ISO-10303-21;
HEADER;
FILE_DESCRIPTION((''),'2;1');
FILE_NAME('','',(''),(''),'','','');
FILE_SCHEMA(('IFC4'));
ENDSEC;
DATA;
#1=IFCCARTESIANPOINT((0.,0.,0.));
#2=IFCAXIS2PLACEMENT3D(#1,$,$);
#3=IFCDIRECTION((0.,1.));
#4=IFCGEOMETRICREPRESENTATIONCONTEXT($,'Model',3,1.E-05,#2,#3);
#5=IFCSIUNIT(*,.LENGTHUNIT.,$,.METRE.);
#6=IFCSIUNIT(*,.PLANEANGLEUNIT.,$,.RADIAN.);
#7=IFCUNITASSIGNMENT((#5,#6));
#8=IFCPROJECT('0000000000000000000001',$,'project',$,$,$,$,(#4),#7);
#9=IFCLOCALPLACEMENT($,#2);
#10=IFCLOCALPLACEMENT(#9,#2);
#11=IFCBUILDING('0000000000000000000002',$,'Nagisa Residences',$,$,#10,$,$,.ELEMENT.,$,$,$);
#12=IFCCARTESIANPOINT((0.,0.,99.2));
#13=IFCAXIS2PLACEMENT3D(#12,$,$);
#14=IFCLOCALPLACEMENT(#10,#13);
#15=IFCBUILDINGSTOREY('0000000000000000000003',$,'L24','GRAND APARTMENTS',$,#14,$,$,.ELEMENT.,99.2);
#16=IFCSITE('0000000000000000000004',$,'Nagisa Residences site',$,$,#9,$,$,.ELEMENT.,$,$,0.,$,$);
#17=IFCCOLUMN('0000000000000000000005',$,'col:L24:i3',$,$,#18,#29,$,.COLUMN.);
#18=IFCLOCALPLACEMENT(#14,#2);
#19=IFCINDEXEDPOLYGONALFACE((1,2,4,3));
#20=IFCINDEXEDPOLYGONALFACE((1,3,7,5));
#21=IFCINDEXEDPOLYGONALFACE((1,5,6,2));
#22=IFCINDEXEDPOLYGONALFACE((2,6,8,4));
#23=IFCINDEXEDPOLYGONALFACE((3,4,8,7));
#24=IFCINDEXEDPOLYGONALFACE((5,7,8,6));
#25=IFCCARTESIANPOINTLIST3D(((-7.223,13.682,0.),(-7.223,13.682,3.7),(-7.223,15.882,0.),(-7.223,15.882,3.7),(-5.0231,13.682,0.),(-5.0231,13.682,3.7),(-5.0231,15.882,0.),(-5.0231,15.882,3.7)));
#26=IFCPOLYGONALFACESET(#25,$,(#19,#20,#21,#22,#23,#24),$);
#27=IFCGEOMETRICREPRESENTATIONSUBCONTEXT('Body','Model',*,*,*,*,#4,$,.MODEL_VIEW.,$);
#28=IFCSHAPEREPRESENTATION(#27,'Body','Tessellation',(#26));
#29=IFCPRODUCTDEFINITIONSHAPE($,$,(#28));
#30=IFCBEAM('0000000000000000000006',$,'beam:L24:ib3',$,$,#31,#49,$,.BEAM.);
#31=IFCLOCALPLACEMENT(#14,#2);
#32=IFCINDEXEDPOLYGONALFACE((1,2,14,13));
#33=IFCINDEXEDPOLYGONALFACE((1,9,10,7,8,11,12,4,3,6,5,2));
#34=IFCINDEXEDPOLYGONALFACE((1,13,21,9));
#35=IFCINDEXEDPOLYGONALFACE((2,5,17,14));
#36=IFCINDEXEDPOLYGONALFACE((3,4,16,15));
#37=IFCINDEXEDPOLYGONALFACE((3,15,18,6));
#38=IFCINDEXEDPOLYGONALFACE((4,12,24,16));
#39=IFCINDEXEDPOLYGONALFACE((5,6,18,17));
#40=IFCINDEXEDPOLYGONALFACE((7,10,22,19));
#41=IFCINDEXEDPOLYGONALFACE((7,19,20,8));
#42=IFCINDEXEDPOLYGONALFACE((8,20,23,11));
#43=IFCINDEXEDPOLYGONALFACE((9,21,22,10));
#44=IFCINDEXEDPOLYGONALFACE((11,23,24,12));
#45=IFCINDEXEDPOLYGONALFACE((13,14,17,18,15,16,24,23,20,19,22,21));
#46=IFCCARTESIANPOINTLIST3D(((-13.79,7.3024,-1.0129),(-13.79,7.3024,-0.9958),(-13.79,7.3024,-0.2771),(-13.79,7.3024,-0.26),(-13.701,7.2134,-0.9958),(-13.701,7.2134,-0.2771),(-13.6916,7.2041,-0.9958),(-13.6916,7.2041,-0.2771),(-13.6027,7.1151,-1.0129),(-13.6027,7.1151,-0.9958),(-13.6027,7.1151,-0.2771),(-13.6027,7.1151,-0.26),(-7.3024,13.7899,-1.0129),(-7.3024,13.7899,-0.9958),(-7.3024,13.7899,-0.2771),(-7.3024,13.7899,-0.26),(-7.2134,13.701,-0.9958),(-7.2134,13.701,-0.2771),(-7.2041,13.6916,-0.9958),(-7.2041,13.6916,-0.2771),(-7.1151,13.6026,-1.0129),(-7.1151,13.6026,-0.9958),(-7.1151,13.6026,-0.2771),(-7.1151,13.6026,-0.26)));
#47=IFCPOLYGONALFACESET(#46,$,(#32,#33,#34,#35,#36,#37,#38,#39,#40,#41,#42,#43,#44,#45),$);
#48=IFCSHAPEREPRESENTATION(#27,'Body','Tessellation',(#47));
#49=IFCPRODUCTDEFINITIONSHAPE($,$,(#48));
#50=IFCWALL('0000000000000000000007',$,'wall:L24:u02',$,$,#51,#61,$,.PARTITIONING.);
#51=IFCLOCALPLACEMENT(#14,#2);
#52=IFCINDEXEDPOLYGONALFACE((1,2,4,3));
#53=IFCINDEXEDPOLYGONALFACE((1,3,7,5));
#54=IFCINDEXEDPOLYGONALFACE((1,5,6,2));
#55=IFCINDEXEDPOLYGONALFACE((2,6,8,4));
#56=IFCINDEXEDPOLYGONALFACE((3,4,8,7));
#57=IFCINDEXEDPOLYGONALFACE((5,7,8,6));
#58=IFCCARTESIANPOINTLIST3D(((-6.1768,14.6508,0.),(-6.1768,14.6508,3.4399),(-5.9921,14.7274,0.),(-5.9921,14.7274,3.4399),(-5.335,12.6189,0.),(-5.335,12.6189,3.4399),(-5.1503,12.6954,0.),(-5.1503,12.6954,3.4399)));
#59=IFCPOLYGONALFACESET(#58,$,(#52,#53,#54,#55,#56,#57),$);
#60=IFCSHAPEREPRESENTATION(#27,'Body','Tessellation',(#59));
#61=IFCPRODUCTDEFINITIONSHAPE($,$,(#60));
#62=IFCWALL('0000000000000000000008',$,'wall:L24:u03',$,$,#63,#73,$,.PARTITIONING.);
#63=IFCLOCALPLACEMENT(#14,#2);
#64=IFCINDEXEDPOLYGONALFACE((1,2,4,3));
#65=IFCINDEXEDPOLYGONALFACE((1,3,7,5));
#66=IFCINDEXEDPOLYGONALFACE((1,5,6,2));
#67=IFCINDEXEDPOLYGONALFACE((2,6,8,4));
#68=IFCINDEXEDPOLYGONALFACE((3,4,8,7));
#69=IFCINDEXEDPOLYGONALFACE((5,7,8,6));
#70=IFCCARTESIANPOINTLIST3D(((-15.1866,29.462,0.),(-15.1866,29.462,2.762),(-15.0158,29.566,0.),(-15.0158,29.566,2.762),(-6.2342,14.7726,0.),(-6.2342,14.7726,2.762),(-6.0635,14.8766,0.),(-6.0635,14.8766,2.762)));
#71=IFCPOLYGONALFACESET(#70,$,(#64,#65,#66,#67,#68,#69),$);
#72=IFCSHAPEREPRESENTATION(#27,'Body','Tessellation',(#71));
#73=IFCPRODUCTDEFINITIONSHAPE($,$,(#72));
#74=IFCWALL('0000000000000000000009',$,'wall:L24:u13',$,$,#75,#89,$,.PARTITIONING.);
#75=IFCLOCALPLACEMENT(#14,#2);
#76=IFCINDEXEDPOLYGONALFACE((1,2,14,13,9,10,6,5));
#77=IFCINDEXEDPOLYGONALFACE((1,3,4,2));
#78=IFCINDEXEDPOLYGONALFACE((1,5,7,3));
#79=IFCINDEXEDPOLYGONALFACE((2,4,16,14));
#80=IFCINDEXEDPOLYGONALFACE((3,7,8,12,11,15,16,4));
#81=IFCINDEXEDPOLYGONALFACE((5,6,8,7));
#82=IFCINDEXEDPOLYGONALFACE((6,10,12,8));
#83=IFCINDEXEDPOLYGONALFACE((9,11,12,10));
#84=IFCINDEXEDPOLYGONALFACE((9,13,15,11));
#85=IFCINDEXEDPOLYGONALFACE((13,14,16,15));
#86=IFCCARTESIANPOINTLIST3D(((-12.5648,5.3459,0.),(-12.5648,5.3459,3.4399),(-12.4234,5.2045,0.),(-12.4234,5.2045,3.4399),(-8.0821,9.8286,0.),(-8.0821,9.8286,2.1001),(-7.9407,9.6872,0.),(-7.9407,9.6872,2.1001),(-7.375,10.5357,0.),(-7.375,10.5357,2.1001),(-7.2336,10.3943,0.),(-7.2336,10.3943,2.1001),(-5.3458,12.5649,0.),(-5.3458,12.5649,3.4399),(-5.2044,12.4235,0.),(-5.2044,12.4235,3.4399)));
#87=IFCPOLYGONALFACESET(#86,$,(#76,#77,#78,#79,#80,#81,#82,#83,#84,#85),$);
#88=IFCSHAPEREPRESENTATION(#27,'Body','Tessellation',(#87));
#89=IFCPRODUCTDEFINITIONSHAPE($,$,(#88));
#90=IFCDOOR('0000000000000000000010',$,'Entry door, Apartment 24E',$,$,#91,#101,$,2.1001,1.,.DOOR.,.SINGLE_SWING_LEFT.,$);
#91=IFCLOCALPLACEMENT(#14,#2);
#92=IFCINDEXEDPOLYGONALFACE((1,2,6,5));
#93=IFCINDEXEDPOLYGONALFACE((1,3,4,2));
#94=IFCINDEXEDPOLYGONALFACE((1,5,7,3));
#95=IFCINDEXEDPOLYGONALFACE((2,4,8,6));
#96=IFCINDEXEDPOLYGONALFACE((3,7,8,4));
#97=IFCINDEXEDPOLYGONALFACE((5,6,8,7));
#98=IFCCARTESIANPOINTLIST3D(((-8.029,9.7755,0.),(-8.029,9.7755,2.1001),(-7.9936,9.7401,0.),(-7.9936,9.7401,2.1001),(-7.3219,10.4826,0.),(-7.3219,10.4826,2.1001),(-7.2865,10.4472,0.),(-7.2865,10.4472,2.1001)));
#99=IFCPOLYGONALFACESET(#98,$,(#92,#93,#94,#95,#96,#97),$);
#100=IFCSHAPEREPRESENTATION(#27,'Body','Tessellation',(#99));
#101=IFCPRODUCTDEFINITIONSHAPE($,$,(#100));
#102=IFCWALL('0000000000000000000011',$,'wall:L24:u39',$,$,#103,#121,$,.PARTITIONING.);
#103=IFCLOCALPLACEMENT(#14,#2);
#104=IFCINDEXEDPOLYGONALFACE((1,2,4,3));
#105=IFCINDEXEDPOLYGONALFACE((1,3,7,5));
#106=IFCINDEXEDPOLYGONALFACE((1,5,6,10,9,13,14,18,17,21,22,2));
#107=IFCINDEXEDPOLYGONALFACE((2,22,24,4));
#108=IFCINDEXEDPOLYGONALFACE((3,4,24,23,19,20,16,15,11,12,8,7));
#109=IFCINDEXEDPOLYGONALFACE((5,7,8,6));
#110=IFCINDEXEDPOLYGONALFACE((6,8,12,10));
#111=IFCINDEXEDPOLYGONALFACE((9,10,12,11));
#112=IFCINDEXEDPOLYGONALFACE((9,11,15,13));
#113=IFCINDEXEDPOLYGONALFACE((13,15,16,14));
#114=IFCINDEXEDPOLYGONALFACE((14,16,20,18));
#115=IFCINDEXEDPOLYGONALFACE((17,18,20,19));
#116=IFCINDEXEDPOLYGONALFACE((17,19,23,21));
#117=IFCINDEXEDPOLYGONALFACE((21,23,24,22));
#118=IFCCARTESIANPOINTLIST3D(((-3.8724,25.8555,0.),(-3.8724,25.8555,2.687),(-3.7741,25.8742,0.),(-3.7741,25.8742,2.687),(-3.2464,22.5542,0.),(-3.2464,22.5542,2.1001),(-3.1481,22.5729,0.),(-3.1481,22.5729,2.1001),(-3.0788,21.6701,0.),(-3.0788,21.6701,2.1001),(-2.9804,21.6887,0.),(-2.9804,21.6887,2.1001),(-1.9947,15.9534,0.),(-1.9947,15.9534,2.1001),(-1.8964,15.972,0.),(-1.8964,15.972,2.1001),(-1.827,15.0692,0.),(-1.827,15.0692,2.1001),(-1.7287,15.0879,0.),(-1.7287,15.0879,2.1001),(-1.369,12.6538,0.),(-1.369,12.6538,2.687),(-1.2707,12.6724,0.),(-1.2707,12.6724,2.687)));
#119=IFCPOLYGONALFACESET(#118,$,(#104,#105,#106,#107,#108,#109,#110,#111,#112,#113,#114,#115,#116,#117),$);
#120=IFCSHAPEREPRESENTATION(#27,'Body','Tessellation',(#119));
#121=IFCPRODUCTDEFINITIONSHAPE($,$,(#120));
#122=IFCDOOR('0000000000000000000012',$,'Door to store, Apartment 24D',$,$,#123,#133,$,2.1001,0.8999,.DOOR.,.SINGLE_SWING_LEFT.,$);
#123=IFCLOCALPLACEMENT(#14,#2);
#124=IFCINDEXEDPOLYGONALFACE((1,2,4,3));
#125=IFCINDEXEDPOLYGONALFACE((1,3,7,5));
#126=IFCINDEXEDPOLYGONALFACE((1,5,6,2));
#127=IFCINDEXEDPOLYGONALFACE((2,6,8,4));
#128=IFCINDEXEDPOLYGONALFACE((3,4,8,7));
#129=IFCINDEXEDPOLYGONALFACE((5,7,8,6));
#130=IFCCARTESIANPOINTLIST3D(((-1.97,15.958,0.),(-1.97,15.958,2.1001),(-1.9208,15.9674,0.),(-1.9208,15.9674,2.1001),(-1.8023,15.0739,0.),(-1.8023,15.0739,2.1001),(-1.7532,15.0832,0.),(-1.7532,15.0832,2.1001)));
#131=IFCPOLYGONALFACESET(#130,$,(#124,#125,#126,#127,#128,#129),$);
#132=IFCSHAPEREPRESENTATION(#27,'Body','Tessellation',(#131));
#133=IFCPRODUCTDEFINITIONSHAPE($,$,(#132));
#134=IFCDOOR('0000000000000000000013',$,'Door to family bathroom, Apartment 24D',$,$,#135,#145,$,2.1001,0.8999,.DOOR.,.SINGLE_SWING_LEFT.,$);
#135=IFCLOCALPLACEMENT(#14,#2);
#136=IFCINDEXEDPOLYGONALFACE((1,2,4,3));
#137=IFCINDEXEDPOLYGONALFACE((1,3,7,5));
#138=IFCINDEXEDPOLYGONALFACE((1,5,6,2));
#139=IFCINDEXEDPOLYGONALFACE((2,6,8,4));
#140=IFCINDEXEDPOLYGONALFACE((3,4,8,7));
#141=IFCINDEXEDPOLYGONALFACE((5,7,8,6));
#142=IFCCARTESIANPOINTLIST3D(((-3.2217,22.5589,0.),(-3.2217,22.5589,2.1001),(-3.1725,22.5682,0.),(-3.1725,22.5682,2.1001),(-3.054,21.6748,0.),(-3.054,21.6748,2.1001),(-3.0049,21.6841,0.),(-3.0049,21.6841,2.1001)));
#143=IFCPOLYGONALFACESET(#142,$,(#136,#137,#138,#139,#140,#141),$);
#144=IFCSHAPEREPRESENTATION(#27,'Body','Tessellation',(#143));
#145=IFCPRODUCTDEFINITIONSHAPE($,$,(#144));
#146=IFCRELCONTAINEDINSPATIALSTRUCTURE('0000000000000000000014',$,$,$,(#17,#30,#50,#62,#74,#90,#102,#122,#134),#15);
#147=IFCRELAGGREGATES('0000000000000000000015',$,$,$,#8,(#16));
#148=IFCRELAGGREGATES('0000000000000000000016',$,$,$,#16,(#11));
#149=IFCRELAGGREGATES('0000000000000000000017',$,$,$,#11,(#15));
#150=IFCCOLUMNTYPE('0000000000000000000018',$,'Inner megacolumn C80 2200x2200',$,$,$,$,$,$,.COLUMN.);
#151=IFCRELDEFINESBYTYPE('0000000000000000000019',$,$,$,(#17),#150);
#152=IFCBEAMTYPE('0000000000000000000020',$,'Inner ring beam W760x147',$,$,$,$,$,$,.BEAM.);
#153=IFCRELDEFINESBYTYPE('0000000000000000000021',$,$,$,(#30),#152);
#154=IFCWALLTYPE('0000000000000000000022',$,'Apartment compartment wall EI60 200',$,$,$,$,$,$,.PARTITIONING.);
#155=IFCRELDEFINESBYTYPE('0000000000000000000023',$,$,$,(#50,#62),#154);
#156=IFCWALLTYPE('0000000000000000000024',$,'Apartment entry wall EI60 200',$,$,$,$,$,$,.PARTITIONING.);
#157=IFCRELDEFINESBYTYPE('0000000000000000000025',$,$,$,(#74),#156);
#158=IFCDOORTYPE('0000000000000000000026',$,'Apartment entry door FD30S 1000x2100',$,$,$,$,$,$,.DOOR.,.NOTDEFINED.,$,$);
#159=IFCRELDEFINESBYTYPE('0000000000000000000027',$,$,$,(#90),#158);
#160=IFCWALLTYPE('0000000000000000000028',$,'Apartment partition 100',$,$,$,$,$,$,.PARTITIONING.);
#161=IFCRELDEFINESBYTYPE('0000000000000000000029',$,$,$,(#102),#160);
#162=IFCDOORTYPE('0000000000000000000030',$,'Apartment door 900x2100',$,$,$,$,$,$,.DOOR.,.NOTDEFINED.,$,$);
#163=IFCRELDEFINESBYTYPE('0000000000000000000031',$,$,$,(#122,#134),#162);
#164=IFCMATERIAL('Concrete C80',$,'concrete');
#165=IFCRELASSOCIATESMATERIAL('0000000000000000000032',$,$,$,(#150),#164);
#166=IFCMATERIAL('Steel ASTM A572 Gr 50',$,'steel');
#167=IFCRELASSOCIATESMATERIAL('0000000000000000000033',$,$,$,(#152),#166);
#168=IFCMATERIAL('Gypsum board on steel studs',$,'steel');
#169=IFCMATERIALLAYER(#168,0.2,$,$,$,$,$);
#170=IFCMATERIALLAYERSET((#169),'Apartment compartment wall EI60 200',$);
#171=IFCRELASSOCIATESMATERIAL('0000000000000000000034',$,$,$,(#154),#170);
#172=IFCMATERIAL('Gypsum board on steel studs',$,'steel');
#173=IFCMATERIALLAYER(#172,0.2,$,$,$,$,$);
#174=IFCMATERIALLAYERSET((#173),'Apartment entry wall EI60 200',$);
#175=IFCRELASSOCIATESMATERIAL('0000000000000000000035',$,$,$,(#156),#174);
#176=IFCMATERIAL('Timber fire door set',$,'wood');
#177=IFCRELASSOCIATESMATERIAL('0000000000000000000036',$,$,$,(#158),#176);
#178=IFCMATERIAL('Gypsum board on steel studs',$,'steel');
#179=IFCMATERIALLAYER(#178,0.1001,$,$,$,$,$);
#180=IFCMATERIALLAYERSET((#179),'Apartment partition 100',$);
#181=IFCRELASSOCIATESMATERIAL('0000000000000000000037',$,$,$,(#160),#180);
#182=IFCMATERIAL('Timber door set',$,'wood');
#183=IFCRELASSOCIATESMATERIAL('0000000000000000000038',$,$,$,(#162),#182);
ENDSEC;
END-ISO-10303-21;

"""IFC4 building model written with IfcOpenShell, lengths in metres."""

from ifc_helpers import new_model, si_unit, direction, frame, frame_2d, origin, origin_2d, place, context, subcontext, project, spatial, rectangle, i_section, extrude, material, layer, layer_set, material_profile, profile_set, type_object, element, fill, save


model = new_model("IFC4")

# Units and contexts
model_context = context("Model", 3, precision=1e-05, world=origin(), true_north=direction((0.0, 1.0)))
body_context = subcontext(model_context, "Body", "Model", "MODEL_VIEW")
ifc_project = project(units=[si_unit("LENGTHUNIT", "METRE"), si_unit("PLANEANGLEUNIT", "RADIAN")], contexts=[model_context])

# Site, building, storey
site_placement = place(None, origin())
site = spatial("IfcSite", under=ifc_project, at=site_placement, Name="Nagisa Residences site", CompositionType="ELEMENT", RefElevation=0.0)
building_placement = place(site_placement, origin())
building = spatial("IfcBuilding", under=site, at=building_placement, Name="Nagisa Residences", CompositionType="ELEMENT")
storey_placement = place(building_placement, frame((0.0, 0.0, 99.2)))
storey = spatial("IfcBuildingStorey", under=building, at=storey_placement, Name="L24", Description="GRAND APARTMENTS", CompositionType="ELEMENT", Elevation=99.2)

# Column
ifc_material_1 = material(Name="Concrete C80", Category="concrete")
ifc_material_profile_1 = material_profile(ifc_material_1, rectangle(XDim=2.2, YDim=2.2, at=origin_2d()), Name="C80 2200x2200")
ifc_profile_set_1 = profile_set([ifc_material_profile_1], Name="Concrete C80")
column_type = type_object("IfcColumnType", Name="Inner megacolumn C80 2200x2200", PredefinedType="COLUMN", material=ifc_profile_set_1)
column_placement = place(storey_placement, frame((-6.123, 14.782, 0.0), z_axis=(0.0, 0.0, 1.0), x_axis=(1.0, 0.0, 0.0)))
element("IfcColumn", 1, at=column_placement, inside=storey, type_object=column_type, Name="col:L24:i3", PredefinedType="COLUMN", context=body_context, shape_type="SweptSolid", body=[
    extrude(rectangle(XDim=2.2, YDim=2.2, at=origin_2d()), origin(), (0.0, 0.0, 1.0), 3.7),
])

# Beam
ifc_material_2 = material(Name="Steel ASTM A572 Gr 50", Category="steel")
ifc_material_profile_2 = material_profile(ifc_material_2, i_section(OverallWidth=0.2649, OverallDepth=0.7529, WebThickness=0.0132, FlangeThickness=0.0171, at=origin_2d()), Name="W760x147")
ifc_profile_set_2 = profile_set([ifc_material_profile_2], Name="Steel ASTM A572 Gr 50")
beam_type = type_object("IfcBeamType", Name="Inner ring beam W760x147", PredefinedType="BEAM", material=ifc_profile_set_2)
beam_placement = place(storey_placement, frame((-7.2087, 13.6963, -0.6365), z_axis=(-0.707107, -0.707107, 0.0), x_axis=(0.707107, -0.707107, 0.0)))
element("IfcBeam", 2, at=beam_placement, inside=storey, type_object=beam_type, Name="beam:L24:ib3", PredefinedType="BEAM", context=body_context, shape_type="SweptSolid", body=[
    extrude(i_section(OverallWidth=0.2649, OverallDepth=0.7529, WebThickness=0.0132, FlangeThickness=0.0171, at=origin_2d()), origin(), (0.0, 0.0, 1.0), 9.1748),
])

# Walls
ifc_material_3 = material(Name="Gypsum board on steel studs", Category="steel")
ifc_layer_1 = layer(ifc_material_3, 0.2)
ifc_layer_set_1 = layer_set([ifc_layer_1], Name="Apartment compartment wall EI60 200")
wall_type_1 = type_object("IfcWallType", Name="Apartment compartment wall EI60 200", PredefinedType="PARTITIONING", material=ifc_layer_set_1)
wall_1_placement = place(storey_placement, frame((-5.2427, 12.6572, 0.0), z_axis=(0.0, 0.0, 1.0), x_axis=(-0.382731, 0.92386, 0.0)))
element("IfcWall", 3, at=wall_1_placement, inside=storey, type_object=wall_type_1, Name="wall:L24:u02", PredefinedType="PARTITIONING", context=body_context, shape_type="SweptSolid", body=[
    extrude(rectangle(XDim=2.1995, YDim=0.2, at=frame_2d((1.0996, 0.0))), origin(), (0.0, 0.0, 1.0), 3.4399),
])
wall_2_placement = place(storey_placement, frame((-6.1489, 14.8247, 0.0), z_axis=(0.0, 0.0, 1.0), x_axis=(-0.520413, 0.853915, 0.0)))
element("IfcWall", 4, at=wall_2_placement, inside=storey, type_object=wall_type_1, Name="wall:L24:u03", PredefinedType="PARTITIONING", context=body_context, shape_type="SweptSolid", body=[
    extrude(rectangle(XDim=17.2024, YDim=0.2, at=frame_2d((8.6011, 0.0))), origin(), (0.0, 0.0, 1.0), 2.762),
])

# Wall, opening, door
ifc_material_4 = material(Name="Gypsum board on steel studs", Category="steel")
ifc_layer_2 = layer(ifc_material_4, 0.2)
ifc_layer_set_2 = layer_set([ifc_layer_2], Name="Apartment entry wall EI60 200")
wall_type_2 = type_object("IfcWallType", Name="Apartment entry wall EI60 200", PredefinedType="PARTITIONING", material=ifc_layer_set_2)
wall_3_placement = place(storey_placement, frame((-5.2751, 12.4941, 0.0), z_axis=(0.0, 0.0, 1.0), x_axis=(-0.707107, -0.707107, 0.0)))
wall_3 = element("IfcWall", 5, at=wall_3_placement, inside=storey, type_object=wall_type_2, Name="wall:L24:u13", PredefinedType="PARTITIONING", context=body_context, shape_type="SweptSolid", body=[
    extrude(rectangle(XDim=10.2092, YDim=0.2, at=frame_2d((5.1045, 0.0))), origin(), (0.0, 0.0, 1.0), 3.4399),
])
opening_1_placement = place(wall_3_placement, frame((2.8696, 0.0, 0.0)))
opening_1 = element("IfcOpeningElement", 6, at=opening_1_placement, cuts=wall_3, PredefinedType="OPENING", context=body_context, shape_type="SweptSolid", body=[
    extrude(rectangle(XDim=1.0, YDim=2.1001, at=frame_2d((0.5, 1.05))), frame((0.0, 0.1099, 0.0), z_axis=(0.0, -1.0, 0.0), x_axis=(1.0, 0.0, 0.0)), (0.0, 0.0, 1.0), 0.22),
])
ifc_material_5 = material(Name="Timber fire door set", Category="wood")
door_type_1 = type_object("IfcDoorType", Name="Apartment entry door FD30S 1000x2100", OperationType="NOTDEFINED", PredefinedType="DOOR", material=ifc_material_5)
door_1_placement = place(opening_1_placement, frame((1.0, 0.0, 0.0), x_axis=(-1.0, 0.0, 0.0)))
door_1 = element("IfcDoor", 7, at=door_1_placement, inside=storey, type_object=door_type_1, Name="Entry door, Apartment 24E", OperationType="SINGLE_SWING_LEFT", OverallHeight=2.1001, OverallWidth=1.0, PredefinedType="DOOR", context=body_context, shape_type="SweptSolid", body=[
    extrude(rectangle(XDim=1.0, YDim=2.1001, at=frame_2d((0.5, 1.05))), frame((0.0, 0.0249, 0.0), z_axis=(0.0, -1.0, 0.0), x_axis=(1.0, 0.0, 0.0)), (0.0, 0.0, 1.0), 0.05),
])
fill(opening_1, door_1)

# Wall, openings, doors
ifc_material_6 = material(Name="Gypsum board on steel studs", Category="steel")
ifc_layer_3 = layer(ifc_material_6, 0.1001)
ifc_layer_set_3 = layer_set([ifc_layer_3], Name="Apartment partition 100")
wall_type_3 = type_object("IfcWallType", Name="Apartment partition 100", PredefinedType="PARTITIONING", material=ifc_layer_set_3)
wall_4_placement = place(storey_placement, frame((-1.3198, 12.6631, 0.0), z_axis=(0.0, 0.0, 1.0), x_axis=(-0.186309, 0.982491, 0.0)))
wall_4 = element("IfcWall", 8, at=wall_4_placement, inside=storey, type_object=wall_type_3, Name="wall:L24:u39", PredefinedType="PARTITIONING", context=body_context, shape_type="SweptSolid", body=[
    extrude(rectangle(XDim=13.437, YDim=0.1001, at=frame_2d((6.7185, 0.0))), origin(), (0.0, 0.0, 1.0), 2.687),
])
opening_2_placement = place(wall_4_placement, frame((2.4585, 0.0, 0.0)))
opening_2 = element("IfcOpeningElement", 9, at=opening_2_placement, cuts=wall_4, PredefinedType="OPENING", context=body_context, shape_type="SweptSolid", body=[
    extrude(rectangle(XDim=0.8999, YDim=2.1001, at=frame_2d((0.45, 1.05))), frame((0.0, 0.0601, 0.0), z_axis=(0.0, -1.0, 0.0), x_axis=(1.0, 0.0, 0.0)), (0.0, 0.0, 1.0), 0.1201),
])
opening_3_placement = place(wall_4_placement, frame((9.177, 0.0, 0.0)))
opening_3 = element("IfcOpeningElement", 10, at=opening_3_placement, cuts=wall_4, PredefinedType="OPENING", context=body_context, shape_type="SweptSolid", body=[
    extrude(rectangle(XDim=0.8999, YDim=2.1001, at=frame_2d((0.45, 1.05))), frame((0.0, 0.0601, 0.0), z_axis=(0.0, -1.0, 0.0), x_axis=(1.0, 0.0, 0.0)), (0.0, 0.0, 1.0), 0.1201),
])
ifc_material_7 = material(Name="Timber door set", Category="wood")
door_type_2 = type_object("IfcDoorType", Name="Apartment door 900x2100", OperationType="NOTDEFINED", PredefinedType="DOOR", material=ifc_material_7)
door_2_placement = place(opening_2_placement, origin())
door_2 = element("IfcDoor", 11, at=door_2_placement, inside=storey, type_object=door_type_2, Name="Door to store, Apartment 24D", OperationType="SINGLE_SWING_LEFT", OverallHeight=2.1001, OverallWidth=0.8999, PredefinedType="DOOR", context=body_context, shape_type="SweptSolid", body=[
    extrude(rectangle(XDim=0.8999, YDim=2.1001, at=frame_2d((0.45, 1.05))), frame((0.0, 0.0249, 0.0), z_axis=(0.0, -1.0, 0.0), x_axis=(1.0, 0.0, 0.0)), (0.0, 0.0, 1.0), 0.05),
])
fill(opening_2, door_2)
door_3_placement = place(opening_3_placement, origin())
door_3 = element("IfcDoor", 12, at=door_3_placement, inside=storey, type_object=door_type_2, Name="Door to family bathroom, Apartment 24D", OperationType="SINGLE_SWING_LEFT", OverallHeight=2.1001, OverallWidth=0.8999, PredefinedType="DOOR", context=body_context, shape_type="SweptSolid", body=[
    extrude(rectangle(XDim=0.8999, YDim=2.1001, at=frame_2d((0.45, 1.05))), frame((0.0, 0.0249, 0.0), z_axis=(0.0, -1.0, 0.0), x_axis=(1.0, 0.0, 0.0)), (0.0, 0.0, 1.0), 0.05),
])
fill(opening_3, door_3)

save(model, "model.ifc")
